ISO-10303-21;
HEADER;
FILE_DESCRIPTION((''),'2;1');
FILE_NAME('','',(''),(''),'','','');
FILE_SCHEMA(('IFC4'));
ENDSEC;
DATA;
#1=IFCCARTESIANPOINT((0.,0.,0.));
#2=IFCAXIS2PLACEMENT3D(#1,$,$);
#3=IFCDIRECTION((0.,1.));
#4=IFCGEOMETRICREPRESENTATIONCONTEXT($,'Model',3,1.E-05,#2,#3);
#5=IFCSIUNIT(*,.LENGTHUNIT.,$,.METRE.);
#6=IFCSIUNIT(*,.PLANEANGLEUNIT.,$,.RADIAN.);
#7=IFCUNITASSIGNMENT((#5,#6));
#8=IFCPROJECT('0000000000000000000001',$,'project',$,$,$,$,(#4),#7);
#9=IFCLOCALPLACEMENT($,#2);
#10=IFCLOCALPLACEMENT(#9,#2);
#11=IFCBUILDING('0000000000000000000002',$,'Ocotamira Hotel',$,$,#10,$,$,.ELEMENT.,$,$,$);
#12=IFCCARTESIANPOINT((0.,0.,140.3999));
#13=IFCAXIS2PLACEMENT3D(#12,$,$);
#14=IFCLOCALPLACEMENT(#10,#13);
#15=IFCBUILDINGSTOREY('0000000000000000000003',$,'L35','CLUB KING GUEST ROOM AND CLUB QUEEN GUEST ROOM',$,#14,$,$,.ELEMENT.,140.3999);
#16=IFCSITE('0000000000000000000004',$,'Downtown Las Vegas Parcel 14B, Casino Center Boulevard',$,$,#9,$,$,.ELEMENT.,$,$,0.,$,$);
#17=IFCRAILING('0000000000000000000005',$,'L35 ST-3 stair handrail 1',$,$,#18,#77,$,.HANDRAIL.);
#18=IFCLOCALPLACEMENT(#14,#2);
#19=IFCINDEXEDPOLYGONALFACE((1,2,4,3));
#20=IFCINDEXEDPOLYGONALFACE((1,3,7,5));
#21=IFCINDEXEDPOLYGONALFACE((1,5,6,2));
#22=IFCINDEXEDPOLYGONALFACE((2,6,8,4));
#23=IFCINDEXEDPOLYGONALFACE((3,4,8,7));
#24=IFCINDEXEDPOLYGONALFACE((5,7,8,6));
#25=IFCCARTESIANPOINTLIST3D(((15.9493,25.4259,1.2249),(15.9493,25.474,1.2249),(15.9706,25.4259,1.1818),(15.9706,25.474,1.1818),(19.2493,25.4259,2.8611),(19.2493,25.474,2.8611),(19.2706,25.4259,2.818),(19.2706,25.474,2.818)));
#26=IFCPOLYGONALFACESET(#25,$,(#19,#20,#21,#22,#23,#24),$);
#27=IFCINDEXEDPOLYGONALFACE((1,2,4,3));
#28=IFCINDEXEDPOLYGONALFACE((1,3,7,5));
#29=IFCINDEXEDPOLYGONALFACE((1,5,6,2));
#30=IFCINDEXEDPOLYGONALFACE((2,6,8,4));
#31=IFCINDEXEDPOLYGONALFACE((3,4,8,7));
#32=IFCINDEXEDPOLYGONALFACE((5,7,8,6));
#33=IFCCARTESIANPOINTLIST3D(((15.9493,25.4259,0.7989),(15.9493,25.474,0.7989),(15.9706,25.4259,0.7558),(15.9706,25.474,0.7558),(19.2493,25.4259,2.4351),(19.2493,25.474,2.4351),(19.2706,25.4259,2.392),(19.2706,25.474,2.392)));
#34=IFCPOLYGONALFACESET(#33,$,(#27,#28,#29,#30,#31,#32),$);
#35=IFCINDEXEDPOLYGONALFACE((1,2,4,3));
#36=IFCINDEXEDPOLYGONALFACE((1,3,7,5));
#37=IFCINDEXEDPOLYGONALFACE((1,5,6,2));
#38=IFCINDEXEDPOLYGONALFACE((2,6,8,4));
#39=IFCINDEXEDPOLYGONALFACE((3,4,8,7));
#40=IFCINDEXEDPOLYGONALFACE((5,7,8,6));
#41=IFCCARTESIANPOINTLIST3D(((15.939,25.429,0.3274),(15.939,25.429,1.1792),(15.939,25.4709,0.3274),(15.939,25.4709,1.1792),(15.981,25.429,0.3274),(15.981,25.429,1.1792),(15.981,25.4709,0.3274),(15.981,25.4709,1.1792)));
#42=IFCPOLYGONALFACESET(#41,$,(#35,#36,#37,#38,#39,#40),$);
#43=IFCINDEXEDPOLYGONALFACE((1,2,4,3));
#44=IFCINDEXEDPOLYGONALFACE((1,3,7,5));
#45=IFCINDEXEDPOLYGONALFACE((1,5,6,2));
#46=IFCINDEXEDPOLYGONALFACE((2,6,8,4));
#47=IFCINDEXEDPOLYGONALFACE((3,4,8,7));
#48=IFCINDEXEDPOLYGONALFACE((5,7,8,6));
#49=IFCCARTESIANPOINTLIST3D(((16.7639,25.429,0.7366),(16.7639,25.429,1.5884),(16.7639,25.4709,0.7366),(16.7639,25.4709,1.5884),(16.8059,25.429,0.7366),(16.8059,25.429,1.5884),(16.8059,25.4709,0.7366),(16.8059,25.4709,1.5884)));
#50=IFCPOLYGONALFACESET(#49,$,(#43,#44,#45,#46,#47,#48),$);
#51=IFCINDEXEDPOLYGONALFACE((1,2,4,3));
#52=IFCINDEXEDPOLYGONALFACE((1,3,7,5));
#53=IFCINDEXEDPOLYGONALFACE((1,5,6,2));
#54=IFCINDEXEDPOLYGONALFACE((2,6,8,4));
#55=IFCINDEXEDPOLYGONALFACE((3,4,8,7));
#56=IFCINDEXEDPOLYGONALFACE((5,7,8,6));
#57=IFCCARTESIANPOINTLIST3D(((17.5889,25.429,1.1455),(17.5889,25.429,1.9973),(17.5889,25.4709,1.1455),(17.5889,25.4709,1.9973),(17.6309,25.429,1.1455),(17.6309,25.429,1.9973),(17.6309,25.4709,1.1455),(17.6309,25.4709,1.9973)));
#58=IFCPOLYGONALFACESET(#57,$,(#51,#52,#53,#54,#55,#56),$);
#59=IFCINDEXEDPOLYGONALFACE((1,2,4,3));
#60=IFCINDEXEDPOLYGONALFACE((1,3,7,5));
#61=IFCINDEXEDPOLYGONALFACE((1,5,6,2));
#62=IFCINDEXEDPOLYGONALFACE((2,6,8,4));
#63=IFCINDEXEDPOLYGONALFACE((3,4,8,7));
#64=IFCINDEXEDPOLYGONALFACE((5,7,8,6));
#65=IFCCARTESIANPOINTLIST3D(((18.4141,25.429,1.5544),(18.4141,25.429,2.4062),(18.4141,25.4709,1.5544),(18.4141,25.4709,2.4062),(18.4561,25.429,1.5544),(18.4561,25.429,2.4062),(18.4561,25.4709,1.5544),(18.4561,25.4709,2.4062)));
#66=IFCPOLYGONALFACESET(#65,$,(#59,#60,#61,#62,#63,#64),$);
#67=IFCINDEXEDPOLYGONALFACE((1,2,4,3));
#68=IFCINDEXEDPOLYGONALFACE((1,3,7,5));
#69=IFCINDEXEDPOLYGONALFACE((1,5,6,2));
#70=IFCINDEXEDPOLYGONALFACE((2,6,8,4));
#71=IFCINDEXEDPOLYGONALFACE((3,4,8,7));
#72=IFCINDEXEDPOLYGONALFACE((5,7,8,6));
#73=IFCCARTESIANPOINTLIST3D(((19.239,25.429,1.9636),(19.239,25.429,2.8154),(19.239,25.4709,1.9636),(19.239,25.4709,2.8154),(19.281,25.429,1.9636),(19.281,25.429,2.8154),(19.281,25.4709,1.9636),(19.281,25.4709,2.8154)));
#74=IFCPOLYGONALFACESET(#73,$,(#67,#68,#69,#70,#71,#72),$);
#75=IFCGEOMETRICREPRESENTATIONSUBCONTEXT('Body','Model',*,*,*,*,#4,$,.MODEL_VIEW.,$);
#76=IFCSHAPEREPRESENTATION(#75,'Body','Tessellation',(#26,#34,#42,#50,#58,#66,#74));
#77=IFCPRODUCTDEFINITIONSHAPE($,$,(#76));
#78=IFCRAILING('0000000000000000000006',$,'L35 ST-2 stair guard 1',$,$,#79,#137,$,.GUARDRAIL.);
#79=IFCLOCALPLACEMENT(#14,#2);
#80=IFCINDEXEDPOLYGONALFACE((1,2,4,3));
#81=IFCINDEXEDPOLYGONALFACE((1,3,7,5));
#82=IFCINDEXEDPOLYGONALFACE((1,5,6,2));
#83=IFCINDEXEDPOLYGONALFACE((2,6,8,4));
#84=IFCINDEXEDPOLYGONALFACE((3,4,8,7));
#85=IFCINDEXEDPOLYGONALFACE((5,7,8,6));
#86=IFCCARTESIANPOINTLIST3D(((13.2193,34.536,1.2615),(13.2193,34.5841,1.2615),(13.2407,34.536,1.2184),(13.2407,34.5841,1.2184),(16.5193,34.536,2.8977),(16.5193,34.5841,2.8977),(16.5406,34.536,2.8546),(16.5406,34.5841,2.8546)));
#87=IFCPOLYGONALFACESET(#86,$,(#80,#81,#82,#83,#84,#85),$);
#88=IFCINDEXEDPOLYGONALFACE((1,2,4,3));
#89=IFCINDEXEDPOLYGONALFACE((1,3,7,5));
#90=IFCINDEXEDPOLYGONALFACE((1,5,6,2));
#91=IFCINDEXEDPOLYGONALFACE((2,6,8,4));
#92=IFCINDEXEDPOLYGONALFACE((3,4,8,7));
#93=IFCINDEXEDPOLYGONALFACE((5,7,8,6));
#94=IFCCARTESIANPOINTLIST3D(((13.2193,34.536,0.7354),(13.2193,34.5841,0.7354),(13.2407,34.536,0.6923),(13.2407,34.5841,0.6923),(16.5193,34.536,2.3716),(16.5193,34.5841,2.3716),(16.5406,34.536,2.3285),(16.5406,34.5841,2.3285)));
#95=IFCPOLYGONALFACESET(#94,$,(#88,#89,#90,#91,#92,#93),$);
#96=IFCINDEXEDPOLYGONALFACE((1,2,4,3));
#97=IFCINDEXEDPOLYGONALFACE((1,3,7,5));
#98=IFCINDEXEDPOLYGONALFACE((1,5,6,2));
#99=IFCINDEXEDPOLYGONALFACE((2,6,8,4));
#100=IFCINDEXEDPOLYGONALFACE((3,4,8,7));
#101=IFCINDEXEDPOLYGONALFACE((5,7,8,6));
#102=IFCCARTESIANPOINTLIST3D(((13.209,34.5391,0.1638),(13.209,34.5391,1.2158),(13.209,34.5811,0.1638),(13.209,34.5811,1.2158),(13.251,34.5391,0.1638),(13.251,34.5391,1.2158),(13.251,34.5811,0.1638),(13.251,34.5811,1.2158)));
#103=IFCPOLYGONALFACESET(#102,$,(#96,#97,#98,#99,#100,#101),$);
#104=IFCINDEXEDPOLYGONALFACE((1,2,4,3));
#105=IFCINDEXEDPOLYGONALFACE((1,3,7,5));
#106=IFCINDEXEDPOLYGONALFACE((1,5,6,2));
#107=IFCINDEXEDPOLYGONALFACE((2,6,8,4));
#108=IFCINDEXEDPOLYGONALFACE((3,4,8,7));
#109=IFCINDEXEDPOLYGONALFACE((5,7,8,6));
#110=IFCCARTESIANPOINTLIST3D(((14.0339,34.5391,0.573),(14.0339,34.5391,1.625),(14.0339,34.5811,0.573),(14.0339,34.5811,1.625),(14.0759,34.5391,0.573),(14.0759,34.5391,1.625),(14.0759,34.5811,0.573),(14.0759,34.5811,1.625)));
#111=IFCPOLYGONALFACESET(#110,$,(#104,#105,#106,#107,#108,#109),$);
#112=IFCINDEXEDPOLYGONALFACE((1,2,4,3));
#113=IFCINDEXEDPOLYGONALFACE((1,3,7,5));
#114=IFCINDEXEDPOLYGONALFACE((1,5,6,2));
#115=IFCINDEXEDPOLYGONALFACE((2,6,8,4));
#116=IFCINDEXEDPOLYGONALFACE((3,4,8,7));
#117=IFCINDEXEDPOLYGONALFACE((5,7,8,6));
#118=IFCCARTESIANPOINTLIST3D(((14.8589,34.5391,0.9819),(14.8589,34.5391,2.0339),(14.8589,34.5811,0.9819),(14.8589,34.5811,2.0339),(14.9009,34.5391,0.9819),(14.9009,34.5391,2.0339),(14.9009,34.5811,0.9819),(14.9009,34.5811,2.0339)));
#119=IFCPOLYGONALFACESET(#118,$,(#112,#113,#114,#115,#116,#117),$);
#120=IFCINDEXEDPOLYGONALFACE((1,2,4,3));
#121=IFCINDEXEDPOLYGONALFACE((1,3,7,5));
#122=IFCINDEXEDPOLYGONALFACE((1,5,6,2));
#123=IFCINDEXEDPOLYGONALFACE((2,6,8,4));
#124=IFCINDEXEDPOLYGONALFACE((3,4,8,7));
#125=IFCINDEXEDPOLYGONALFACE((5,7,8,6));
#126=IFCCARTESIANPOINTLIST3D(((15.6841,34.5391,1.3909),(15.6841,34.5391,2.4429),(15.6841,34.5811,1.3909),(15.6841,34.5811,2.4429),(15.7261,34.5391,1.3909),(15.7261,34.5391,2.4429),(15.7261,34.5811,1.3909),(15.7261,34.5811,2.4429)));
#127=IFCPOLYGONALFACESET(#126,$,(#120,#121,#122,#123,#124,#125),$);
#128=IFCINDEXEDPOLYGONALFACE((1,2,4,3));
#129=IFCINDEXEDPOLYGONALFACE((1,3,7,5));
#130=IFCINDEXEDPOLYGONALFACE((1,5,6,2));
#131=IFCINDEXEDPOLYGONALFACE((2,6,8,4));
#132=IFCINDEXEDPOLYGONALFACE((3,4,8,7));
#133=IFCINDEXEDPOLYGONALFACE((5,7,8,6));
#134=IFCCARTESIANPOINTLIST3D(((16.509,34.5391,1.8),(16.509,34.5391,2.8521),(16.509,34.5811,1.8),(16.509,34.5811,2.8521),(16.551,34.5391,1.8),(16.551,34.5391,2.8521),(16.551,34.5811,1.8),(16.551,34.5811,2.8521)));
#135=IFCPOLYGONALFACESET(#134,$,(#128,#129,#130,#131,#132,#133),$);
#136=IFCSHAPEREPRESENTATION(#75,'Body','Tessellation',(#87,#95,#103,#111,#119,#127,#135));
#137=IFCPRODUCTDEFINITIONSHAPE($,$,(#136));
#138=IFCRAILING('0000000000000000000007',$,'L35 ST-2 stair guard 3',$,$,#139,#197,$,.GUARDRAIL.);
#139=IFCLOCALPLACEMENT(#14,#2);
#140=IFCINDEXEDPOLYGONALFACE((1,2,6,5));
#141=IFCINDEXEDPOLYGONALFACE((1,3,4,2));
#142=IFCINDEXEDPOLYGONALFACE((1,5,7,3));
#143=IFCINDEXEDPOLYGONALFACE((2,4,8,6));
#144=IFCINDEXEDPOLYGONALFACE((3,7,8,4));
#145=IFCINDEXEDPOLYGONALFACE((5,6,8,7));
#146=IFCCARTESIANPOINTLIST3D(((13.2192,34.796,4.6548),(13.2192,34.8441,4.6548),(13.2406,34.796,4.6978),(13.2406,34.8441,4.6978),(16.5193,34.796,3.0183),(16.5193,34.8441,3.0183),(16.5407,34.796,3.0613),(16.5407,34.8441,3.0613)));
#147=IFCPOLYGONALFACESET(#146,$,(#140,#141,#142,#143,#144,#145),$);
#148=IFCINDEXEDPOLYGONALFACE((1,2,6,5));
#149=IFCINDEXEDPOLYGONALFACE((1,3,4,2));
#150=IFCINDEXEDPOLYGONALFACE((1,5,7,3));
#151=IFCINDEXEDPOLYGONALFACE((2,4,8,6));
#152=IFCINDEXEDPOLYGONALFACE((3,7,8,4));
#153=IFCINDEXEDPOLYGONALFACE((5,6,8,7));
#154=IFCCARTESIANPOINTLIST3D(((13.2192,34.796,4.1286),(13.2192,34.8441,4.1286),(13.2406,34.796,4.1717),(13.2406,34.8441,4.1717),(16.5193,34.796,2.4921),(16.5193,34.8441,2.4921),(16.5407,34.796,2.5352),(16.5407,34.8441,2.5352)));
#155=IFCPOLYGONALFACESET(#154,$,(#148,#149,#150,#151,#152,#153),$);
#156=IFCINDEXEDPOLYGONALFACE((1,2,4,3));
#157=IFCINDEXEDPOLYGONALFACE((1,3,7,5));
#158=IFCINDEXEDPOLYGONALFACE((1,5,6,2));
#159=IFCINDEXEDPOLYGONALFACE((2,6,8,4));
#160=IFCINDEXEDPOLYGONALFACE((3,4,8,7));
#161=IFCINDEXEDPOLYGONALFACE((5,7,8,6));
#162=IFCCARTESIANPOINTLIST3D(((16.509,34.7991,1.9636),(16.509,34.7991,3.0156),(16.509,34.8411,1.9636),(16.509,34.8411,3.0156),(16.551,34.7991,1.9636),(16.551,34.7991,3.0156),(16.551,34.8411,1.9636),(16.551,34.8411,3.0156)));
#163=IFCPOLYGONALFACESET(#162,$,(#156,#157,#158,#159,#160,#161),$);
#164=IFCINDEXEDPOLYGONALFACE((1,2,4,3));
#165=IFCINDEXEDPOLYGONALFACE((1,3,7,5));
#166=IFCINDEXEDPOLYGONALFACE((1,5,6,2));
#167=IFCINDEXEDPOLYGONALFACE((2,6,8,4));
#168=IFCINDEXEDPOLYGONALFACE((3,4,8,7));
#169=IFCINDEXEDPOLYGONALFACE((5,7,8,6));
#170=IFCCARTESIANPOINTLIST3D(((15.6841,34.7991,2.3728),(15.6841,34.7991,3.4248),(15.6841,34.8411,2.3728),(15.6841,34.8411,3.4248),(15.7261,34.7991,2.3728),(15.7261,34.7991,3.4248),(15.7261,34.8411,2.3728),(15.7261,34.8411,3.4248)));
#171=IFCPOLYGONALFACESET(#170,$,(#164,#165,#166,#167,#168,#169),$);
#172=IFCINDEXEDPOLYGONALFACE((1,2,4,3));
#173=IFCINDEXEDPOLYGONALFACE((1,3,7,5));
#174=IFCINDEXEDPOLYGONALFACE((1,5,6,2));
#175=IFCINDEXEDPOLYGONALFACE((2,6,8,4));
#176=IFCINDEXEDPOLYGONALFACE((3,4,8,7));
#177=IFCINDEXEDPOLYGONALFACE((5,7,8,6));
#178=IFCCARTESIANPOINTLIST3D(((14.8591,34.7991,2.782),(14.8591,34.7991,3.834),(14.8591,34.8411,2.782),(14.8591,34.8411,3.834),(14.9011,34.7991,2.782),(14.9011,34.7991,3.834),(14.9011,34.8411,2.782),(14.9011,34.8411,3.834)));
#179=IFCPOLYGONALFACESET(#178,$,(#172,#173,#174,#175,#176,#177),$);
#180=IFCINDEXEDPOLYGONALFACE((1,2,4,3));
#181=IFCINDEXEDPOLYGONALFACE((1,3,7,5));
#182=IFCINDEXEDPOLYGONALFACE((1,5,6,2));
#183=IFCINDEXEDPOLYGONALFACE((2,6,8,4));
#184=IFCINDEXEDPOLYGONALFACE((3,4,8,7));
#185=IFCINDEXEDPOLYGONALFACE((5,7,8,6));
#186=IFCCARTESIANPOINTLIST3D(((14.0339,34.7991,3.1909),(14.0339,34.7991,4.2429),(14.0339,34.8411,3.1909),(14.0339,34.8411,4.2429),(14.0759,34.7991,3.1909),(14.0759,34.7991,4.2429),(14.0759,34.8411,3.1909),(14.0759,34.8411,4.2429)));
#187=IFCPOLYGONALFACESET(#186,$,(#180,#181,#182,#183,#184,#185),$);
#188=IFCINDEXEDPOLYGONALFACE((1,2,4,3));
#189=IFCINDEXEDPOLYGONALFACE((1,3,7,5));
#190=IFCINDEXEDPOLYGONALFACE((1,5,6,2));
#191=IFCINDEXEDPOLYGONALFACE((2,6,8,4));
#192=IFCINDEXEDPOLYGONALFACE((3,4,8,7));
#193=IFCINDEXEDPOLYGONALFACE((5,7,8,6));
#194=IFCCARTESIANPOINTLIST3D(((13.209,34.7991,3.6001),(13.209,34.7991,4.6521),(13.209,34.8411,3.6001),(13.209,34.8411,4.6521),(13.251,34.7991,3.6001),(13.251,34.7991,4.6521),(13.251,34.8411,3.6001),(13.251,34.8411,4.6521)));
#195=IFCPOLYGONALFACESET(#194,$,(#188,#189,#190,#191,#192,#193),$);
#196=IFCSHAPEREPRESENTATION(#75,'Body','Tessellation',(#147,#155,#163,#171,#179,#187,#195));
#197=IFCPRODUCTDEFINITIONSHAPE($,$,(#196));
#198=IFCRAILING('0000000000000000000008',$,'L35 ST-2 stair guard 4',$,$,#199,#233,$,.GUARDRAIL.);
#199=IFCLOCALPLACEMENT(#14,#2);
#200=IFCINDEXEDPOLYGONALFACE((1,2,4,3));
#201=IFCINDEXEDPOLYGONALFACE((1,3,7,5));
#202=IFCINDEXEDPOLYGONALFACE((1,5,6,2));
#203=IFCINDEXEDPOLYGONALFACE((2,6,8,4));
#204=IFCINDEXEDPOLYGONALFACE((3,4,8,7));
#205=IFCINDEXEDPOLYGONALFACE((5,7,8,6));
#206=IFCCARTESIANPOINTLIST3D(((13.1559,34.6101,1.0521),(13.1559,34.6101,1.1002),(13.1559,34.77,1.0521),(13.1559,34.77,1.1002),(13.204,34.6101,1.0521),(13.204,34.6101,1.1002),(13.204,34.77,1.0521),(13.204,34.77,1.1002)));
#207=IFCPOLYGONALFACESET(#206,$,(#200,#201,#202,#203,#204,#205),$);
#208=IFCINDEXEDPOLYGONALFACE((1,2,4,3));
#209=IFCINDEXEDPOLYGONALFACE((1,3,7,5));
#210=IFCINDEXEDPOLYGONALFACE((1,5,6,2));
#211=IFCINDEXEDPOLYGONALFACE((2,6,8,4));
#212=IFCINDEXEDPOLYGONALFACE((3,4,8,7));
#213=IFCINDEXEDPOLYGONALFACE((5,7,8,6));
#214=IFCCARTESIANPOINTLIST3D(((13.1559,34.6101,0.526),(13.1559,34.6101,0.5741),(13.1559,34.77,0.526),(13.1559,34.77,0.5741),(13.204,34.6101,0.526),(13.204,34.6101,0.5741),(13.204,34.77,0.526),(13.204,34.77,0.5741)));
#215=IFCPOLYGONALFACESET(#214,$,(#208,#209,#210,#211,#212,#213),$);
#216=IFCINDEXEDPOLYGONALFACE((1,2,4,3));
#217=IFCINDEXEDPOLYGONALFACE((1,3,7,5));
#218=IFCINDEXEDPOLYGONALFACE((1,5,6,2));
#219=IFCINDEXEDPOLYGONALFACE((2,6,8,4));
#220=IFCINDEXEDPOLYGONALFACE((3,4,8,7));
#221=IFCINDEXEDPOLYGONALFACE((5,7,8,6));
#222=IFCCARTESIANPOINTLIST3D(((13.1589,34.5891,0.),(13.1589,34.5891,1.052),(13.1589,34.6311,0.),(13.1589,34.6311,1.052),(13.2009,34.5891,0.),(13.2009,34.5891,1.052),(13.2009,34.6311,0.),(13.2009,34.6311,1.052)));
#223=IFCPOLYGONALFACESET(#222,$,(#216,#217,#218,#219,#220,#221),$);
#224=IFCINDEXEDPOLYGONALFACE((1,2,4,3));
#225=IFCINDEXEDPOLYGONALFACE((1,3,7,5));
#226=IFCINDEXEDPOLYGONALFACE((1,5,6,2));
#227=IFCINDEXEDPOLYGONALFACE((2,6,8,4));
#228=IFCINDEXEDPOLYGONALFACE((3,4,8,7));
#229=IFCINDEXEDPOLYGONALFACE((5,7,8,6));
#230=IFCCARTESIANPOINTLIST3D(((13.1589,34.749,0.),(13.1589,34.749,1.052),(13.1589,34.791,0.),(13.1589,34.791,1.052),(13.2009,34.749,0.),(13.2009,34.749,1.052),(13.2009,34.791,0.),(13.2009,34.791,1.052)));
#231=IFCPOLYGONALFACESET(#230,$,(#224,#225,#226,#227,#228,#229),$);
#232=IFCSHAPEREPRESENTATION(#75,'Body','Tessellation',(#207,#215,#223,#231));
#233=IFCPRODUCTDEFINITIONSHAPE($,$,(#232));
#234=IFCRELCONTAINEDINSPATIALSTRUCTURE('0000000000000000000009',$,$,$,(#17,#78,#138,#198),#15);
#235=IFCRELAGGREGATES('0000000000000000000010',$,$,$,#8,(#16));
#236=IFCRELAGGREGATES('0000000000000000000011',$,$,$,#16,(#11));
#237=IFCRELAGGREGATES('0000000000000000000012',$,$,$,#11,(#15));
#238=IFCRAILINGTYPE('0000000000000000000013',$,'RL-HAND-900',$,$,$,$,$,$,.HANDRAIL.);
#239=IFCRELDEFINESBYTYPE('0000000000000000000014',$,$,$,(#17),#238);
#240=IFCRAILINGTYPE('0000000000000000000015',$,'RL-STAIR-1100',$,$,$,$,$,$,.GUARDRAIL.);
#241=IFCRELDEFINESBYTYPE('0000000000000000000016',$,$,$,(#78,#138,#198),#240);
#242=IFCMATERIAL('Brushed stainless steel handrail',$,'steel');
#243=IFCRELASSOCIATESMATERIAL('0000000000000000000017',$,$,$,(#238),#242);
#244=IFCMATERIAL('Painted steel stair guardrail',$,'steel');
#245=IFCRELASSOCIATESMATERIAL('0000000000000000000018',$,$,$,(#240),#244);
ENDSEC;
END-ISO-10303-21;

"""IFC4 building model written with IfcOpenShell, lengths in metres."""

from ifc_helpers import new_model, si_unit, direction, frame, origin, origin_2d, place, context, subcontext, project, spatial, rectangle, extrude, material, type_object, element, save


model = new_model("IFC4")

# Units and contexts
model_context = context("Model", 3, precision=1e-05, world=origin(), true_north=direction((0.0, 1.0)))
body_context = subcontext(model_context, "Body", "Model", "MODEL_VIEW")
ifc_project = project(units=[si_unit("LENGTHUNIT", "METRE"), si_unit("PLANEANGLEUNIT", "RADIAN")], contexts=[model_context])

# Site, building, storey
site_placement = place(None, origin())
site = spatial("IfcSite", under=ifc_project, at=site_placement, Name="Downtown Las Vegas Parcel 14B, Casino Center Boulevard", CompositionType="ELEMENT", RefElevation=0.0)
building_placement = place(site_placement, origin())
building = spatial("IfcBuilding", under=site, at=building_placement, Name="Ocotamira Hotel", CompositionType="ELEMENT")
storey_placement = place(building_placement, frame((0.0, 0.0, 140.3999)))
storey = spatial("IfcBuildingStorey", under=building, at=storey_placement, Name="L35", Description="CLUB KING GUEST ROOM AND CLUB QUEEN GUEST ROOM", CompositionType="ELEMENT", Elevation=140.3999)

# Railings
ifc_material_1 = material(Name="Brushed stainless steel handrail", Category="steel")
railing_type_1 = type_object("IfcRailingType", Name="RL-HAND-900", PredefinedType="HANDRAIL", material=ifc_material_1)
railing_1_placement = place(storey_placement, frame((15.96, 25.45, 0.3274)))
element("IfcRailing", 1, at=railing_1_placement, inside=storey, type_object=railing_type_1, Name="L35 ST-3 stair handrail 1", PredefinedType="HANDRAIL", context=body_context, shape_type="SweptSolid", body=[
    extrude(rectangle(XDim=0.0481, YDim=0.0481, at=origin_2d()), frame((0.0, 0.0, 0.876), z_axis=(0.89592, 0.0, 0.444215), x_axis=(0.0, 1.0, 0.0)), (0.0, 0.0, 1.0), 3.6833),
    extrude(rectangle(XDim=0.0481, YDim=0.0481, at=origin_2d()), frame((0.0, 0.0, 0.45), z_axis=(0.89592, 0.0, 0.444215), x_axis=(0.0, 1.0, 0.0)), (0.0, 0.0, 1.0), 3.6833),
    extrude(rectangle(XDim=0.042, YDim=0.042, at=origin_2d()), origin(), (0.0, 0.0, 1.0), 0.8518),
    extrude(rectangle(XDim=0.042, YDim=0.042, at=origin_2d()), frame((0.825, 0.0, 0.4092)), (0.0, 0.0, 1.0), 0.8518),
    extrude(rectangle(XDim=0.042, YDim=0.042, at=origin_2d()), frame((1.6499, 0.0, 0.8181)), (0.0, 0.0, 1.0), 0.8518),
    extrude(rectangle(XDim=0.042, YDim=0.042, at=origin_2d()), frame((2.4751, 0.0, 1.2271)), (0.0, 0.0, 1.0), 0.8518),
    extrude(rectangle(XDim=0.042, YDim=0.042, at=origin_2d()), frame((3.3, 0.0, 1.6362)), (0.0, 0.0, 1.0), 0.8518),
])
ifc_material_2 = material(Name="Painted steel stair guardrail", Category="steel")
railing_type_2 = type_object("IfcRailingType", Name="RL-STAIR-1100", PredefinedType="GUARDRAIL", material=ifc_material_2)
railing_2_placement = place(storey_placement, frame((13.23, 34.5601, 0.1638)))
element("IfcRailing", 2, at=railing_2_placement, inside=storey, type_object=railing_type_2, Name="L35 ST-2 stair guard 1", PredefinedType="GUARDRAIL", context=body_context, shape_type="SweptSolid", body=[
    extrude(rectangle(XDim=0.0481, YDim=0.0481, at=origin_2d()), frame((0.0, 0.0, 1.0762), z_axis=(0.89592, 0.0, 0.444215), x_axis=(0.0, 1.0, 0.0)), (0.0, 0.0, 1.0), 3.6833),
    extrude(rectangle(XDim=0.0481, YDim=0.0481, at=origin_2d()), frame((0.0, 0.0, 0.55), z_axis=(0.89592, 0.0, 0.444215), x_axis=(0.0, 1.0, 0.0)), (0.0, 0.0, 1.0), 3.6833),
    extrude(rectangle(XDim=0.042, YDim=0.042, at=origin_2d()), origin(), (0.0, 0.0, 1.0), 1.052),
    extrude(rectangle(XDim=0.042, YDim=0.042, at=origin_2d()), frame((0.825, 0.0, 0.4092)), (0.0, 0.0, 1.0), 1.052),
    extrude(rectangle(XDim=0.042, YDim=0.042, at=origin_2d()), frame((1.6499, 0.0, 0.8181)), (0.0, 0.0, 1.0), 1.052),
    extrude(rectangle(XDim=0.042, YDim=0.042, at=origin_2d()), frame((2.4751, 0.0, 1.2271)), (0.0, 0.0, 1.0), 1.052),
    extrude(rectangle(XDim=0.042, YDim=0.042, at=origin_2d()), frame((3.3, 0.0, 1.6362)), (0.0, 0.0, 1.0), 1.052),
])
railing_3_placement = place(storey_placement, frame((16.53, 34.8201, 1.9636)))
element("IfcRailing", 3, at=railing_3_placement, inside=storey, type_object=railing_type_2, Name="L35 ST-2 stair guard 3", PredefinedType="GUARDRAIL", context=body_context, shape_type="SweptSolid", body=[
    extrude(rectangle(XDim=0.0481, YDim=0.0481, at=origin_2d()), frame((0.0, 0.0, 1.0762), z_axis=(-0.895894, 0.0, 0.444268), x_axis=(0.0, -1.0, 0.0)), (0.0, 0.0, 1.0), 3.6836),
    extrude(rectangle(XDim=0.0481, YDim=0.0481, at=origin_2d()), frame((0.0, 0.0, 0.55), z_axis=(-0.895894, 0.0, 0.444268), x_axis=(0.0, -1.0, 0.0)), (0.0, 0.0, 1.0), 3.6836),
    extrude(rectangle(XDim=0.042, YDim=0.042, at=origin_2d()), origin(), (0.0, 0.0, 1.0), 1.052),
    extrude(rectangle(XDim=0.042, YDim=0.042, at=origin_2d()), frame((-0.825, 0.0, 0.4092)), (0.0, 0.0, 1.0), 1.052),
    extrude(rectangle(XDim=0.042, YDim=0.042, at=origin_2d()), frame((-1.6499, 0.0, 0.8184)), (0.0, 0.0, 1.0), 1.052),
    extrude(rectangle(XDim=0.042, YDim=0.042, at=origin_2d()), frame((-2.4751, 0.0, 1.2273)), (0.0, 0.0, 1.0), 1.052),
    extrude(rectangle(XDim=0.042, YDim=0.042, at=origin_2d()), frame((-3.3, 0.0, 1.6365)), (0.0, 0.0, 1.0), 1.052),
])
railing_4_placement = place(storey_placement, frame((13.1799, 34.6101, 0.0)))
element("IfcRailing", 4, at=railing_4_placement, inside=storey, type_object=railing_type_2, Name="L35 ST-2 stair guard 4", PredefinedType="GUARDRAIL", context=body_context, shape_type="SweptSolid", body=[
    extrude(rectangle(XDim=0.0481, YDim=0.0481, at=origin_2d()), frame((0.0, 0.0, 1.0762), z_axis=(0.0, 1.0, 0.0), x_axis=(-1.0, 0.0, 0.0)), (0.0, 0.0, 1.0), 0.1599),
    extrude(rectangle(XDim=0.0481, YDim=0.0481, at=origin_2d()), frame((0.0, 0.0, 0.55), z_axis=(0.0, 1.0, 0.0), x_axis=(-1.0, 0.0, 0.0)), (0.0, 0.0, 1.0), 0.1599),
    extrude(rectangle(XDim=0.042, YDim=0.042, at=origin_2d()), origin(), (0.0, 0.0, 1.0), 1.052),
    extrude(rectangle(XDim=0.042, YDim=0.042, at=origin_2d()), frame((0.0, 0.1599, 0.0)), (0.0, 0.0, 1.0), 1.052),
])

save(model, "model.ifc")
